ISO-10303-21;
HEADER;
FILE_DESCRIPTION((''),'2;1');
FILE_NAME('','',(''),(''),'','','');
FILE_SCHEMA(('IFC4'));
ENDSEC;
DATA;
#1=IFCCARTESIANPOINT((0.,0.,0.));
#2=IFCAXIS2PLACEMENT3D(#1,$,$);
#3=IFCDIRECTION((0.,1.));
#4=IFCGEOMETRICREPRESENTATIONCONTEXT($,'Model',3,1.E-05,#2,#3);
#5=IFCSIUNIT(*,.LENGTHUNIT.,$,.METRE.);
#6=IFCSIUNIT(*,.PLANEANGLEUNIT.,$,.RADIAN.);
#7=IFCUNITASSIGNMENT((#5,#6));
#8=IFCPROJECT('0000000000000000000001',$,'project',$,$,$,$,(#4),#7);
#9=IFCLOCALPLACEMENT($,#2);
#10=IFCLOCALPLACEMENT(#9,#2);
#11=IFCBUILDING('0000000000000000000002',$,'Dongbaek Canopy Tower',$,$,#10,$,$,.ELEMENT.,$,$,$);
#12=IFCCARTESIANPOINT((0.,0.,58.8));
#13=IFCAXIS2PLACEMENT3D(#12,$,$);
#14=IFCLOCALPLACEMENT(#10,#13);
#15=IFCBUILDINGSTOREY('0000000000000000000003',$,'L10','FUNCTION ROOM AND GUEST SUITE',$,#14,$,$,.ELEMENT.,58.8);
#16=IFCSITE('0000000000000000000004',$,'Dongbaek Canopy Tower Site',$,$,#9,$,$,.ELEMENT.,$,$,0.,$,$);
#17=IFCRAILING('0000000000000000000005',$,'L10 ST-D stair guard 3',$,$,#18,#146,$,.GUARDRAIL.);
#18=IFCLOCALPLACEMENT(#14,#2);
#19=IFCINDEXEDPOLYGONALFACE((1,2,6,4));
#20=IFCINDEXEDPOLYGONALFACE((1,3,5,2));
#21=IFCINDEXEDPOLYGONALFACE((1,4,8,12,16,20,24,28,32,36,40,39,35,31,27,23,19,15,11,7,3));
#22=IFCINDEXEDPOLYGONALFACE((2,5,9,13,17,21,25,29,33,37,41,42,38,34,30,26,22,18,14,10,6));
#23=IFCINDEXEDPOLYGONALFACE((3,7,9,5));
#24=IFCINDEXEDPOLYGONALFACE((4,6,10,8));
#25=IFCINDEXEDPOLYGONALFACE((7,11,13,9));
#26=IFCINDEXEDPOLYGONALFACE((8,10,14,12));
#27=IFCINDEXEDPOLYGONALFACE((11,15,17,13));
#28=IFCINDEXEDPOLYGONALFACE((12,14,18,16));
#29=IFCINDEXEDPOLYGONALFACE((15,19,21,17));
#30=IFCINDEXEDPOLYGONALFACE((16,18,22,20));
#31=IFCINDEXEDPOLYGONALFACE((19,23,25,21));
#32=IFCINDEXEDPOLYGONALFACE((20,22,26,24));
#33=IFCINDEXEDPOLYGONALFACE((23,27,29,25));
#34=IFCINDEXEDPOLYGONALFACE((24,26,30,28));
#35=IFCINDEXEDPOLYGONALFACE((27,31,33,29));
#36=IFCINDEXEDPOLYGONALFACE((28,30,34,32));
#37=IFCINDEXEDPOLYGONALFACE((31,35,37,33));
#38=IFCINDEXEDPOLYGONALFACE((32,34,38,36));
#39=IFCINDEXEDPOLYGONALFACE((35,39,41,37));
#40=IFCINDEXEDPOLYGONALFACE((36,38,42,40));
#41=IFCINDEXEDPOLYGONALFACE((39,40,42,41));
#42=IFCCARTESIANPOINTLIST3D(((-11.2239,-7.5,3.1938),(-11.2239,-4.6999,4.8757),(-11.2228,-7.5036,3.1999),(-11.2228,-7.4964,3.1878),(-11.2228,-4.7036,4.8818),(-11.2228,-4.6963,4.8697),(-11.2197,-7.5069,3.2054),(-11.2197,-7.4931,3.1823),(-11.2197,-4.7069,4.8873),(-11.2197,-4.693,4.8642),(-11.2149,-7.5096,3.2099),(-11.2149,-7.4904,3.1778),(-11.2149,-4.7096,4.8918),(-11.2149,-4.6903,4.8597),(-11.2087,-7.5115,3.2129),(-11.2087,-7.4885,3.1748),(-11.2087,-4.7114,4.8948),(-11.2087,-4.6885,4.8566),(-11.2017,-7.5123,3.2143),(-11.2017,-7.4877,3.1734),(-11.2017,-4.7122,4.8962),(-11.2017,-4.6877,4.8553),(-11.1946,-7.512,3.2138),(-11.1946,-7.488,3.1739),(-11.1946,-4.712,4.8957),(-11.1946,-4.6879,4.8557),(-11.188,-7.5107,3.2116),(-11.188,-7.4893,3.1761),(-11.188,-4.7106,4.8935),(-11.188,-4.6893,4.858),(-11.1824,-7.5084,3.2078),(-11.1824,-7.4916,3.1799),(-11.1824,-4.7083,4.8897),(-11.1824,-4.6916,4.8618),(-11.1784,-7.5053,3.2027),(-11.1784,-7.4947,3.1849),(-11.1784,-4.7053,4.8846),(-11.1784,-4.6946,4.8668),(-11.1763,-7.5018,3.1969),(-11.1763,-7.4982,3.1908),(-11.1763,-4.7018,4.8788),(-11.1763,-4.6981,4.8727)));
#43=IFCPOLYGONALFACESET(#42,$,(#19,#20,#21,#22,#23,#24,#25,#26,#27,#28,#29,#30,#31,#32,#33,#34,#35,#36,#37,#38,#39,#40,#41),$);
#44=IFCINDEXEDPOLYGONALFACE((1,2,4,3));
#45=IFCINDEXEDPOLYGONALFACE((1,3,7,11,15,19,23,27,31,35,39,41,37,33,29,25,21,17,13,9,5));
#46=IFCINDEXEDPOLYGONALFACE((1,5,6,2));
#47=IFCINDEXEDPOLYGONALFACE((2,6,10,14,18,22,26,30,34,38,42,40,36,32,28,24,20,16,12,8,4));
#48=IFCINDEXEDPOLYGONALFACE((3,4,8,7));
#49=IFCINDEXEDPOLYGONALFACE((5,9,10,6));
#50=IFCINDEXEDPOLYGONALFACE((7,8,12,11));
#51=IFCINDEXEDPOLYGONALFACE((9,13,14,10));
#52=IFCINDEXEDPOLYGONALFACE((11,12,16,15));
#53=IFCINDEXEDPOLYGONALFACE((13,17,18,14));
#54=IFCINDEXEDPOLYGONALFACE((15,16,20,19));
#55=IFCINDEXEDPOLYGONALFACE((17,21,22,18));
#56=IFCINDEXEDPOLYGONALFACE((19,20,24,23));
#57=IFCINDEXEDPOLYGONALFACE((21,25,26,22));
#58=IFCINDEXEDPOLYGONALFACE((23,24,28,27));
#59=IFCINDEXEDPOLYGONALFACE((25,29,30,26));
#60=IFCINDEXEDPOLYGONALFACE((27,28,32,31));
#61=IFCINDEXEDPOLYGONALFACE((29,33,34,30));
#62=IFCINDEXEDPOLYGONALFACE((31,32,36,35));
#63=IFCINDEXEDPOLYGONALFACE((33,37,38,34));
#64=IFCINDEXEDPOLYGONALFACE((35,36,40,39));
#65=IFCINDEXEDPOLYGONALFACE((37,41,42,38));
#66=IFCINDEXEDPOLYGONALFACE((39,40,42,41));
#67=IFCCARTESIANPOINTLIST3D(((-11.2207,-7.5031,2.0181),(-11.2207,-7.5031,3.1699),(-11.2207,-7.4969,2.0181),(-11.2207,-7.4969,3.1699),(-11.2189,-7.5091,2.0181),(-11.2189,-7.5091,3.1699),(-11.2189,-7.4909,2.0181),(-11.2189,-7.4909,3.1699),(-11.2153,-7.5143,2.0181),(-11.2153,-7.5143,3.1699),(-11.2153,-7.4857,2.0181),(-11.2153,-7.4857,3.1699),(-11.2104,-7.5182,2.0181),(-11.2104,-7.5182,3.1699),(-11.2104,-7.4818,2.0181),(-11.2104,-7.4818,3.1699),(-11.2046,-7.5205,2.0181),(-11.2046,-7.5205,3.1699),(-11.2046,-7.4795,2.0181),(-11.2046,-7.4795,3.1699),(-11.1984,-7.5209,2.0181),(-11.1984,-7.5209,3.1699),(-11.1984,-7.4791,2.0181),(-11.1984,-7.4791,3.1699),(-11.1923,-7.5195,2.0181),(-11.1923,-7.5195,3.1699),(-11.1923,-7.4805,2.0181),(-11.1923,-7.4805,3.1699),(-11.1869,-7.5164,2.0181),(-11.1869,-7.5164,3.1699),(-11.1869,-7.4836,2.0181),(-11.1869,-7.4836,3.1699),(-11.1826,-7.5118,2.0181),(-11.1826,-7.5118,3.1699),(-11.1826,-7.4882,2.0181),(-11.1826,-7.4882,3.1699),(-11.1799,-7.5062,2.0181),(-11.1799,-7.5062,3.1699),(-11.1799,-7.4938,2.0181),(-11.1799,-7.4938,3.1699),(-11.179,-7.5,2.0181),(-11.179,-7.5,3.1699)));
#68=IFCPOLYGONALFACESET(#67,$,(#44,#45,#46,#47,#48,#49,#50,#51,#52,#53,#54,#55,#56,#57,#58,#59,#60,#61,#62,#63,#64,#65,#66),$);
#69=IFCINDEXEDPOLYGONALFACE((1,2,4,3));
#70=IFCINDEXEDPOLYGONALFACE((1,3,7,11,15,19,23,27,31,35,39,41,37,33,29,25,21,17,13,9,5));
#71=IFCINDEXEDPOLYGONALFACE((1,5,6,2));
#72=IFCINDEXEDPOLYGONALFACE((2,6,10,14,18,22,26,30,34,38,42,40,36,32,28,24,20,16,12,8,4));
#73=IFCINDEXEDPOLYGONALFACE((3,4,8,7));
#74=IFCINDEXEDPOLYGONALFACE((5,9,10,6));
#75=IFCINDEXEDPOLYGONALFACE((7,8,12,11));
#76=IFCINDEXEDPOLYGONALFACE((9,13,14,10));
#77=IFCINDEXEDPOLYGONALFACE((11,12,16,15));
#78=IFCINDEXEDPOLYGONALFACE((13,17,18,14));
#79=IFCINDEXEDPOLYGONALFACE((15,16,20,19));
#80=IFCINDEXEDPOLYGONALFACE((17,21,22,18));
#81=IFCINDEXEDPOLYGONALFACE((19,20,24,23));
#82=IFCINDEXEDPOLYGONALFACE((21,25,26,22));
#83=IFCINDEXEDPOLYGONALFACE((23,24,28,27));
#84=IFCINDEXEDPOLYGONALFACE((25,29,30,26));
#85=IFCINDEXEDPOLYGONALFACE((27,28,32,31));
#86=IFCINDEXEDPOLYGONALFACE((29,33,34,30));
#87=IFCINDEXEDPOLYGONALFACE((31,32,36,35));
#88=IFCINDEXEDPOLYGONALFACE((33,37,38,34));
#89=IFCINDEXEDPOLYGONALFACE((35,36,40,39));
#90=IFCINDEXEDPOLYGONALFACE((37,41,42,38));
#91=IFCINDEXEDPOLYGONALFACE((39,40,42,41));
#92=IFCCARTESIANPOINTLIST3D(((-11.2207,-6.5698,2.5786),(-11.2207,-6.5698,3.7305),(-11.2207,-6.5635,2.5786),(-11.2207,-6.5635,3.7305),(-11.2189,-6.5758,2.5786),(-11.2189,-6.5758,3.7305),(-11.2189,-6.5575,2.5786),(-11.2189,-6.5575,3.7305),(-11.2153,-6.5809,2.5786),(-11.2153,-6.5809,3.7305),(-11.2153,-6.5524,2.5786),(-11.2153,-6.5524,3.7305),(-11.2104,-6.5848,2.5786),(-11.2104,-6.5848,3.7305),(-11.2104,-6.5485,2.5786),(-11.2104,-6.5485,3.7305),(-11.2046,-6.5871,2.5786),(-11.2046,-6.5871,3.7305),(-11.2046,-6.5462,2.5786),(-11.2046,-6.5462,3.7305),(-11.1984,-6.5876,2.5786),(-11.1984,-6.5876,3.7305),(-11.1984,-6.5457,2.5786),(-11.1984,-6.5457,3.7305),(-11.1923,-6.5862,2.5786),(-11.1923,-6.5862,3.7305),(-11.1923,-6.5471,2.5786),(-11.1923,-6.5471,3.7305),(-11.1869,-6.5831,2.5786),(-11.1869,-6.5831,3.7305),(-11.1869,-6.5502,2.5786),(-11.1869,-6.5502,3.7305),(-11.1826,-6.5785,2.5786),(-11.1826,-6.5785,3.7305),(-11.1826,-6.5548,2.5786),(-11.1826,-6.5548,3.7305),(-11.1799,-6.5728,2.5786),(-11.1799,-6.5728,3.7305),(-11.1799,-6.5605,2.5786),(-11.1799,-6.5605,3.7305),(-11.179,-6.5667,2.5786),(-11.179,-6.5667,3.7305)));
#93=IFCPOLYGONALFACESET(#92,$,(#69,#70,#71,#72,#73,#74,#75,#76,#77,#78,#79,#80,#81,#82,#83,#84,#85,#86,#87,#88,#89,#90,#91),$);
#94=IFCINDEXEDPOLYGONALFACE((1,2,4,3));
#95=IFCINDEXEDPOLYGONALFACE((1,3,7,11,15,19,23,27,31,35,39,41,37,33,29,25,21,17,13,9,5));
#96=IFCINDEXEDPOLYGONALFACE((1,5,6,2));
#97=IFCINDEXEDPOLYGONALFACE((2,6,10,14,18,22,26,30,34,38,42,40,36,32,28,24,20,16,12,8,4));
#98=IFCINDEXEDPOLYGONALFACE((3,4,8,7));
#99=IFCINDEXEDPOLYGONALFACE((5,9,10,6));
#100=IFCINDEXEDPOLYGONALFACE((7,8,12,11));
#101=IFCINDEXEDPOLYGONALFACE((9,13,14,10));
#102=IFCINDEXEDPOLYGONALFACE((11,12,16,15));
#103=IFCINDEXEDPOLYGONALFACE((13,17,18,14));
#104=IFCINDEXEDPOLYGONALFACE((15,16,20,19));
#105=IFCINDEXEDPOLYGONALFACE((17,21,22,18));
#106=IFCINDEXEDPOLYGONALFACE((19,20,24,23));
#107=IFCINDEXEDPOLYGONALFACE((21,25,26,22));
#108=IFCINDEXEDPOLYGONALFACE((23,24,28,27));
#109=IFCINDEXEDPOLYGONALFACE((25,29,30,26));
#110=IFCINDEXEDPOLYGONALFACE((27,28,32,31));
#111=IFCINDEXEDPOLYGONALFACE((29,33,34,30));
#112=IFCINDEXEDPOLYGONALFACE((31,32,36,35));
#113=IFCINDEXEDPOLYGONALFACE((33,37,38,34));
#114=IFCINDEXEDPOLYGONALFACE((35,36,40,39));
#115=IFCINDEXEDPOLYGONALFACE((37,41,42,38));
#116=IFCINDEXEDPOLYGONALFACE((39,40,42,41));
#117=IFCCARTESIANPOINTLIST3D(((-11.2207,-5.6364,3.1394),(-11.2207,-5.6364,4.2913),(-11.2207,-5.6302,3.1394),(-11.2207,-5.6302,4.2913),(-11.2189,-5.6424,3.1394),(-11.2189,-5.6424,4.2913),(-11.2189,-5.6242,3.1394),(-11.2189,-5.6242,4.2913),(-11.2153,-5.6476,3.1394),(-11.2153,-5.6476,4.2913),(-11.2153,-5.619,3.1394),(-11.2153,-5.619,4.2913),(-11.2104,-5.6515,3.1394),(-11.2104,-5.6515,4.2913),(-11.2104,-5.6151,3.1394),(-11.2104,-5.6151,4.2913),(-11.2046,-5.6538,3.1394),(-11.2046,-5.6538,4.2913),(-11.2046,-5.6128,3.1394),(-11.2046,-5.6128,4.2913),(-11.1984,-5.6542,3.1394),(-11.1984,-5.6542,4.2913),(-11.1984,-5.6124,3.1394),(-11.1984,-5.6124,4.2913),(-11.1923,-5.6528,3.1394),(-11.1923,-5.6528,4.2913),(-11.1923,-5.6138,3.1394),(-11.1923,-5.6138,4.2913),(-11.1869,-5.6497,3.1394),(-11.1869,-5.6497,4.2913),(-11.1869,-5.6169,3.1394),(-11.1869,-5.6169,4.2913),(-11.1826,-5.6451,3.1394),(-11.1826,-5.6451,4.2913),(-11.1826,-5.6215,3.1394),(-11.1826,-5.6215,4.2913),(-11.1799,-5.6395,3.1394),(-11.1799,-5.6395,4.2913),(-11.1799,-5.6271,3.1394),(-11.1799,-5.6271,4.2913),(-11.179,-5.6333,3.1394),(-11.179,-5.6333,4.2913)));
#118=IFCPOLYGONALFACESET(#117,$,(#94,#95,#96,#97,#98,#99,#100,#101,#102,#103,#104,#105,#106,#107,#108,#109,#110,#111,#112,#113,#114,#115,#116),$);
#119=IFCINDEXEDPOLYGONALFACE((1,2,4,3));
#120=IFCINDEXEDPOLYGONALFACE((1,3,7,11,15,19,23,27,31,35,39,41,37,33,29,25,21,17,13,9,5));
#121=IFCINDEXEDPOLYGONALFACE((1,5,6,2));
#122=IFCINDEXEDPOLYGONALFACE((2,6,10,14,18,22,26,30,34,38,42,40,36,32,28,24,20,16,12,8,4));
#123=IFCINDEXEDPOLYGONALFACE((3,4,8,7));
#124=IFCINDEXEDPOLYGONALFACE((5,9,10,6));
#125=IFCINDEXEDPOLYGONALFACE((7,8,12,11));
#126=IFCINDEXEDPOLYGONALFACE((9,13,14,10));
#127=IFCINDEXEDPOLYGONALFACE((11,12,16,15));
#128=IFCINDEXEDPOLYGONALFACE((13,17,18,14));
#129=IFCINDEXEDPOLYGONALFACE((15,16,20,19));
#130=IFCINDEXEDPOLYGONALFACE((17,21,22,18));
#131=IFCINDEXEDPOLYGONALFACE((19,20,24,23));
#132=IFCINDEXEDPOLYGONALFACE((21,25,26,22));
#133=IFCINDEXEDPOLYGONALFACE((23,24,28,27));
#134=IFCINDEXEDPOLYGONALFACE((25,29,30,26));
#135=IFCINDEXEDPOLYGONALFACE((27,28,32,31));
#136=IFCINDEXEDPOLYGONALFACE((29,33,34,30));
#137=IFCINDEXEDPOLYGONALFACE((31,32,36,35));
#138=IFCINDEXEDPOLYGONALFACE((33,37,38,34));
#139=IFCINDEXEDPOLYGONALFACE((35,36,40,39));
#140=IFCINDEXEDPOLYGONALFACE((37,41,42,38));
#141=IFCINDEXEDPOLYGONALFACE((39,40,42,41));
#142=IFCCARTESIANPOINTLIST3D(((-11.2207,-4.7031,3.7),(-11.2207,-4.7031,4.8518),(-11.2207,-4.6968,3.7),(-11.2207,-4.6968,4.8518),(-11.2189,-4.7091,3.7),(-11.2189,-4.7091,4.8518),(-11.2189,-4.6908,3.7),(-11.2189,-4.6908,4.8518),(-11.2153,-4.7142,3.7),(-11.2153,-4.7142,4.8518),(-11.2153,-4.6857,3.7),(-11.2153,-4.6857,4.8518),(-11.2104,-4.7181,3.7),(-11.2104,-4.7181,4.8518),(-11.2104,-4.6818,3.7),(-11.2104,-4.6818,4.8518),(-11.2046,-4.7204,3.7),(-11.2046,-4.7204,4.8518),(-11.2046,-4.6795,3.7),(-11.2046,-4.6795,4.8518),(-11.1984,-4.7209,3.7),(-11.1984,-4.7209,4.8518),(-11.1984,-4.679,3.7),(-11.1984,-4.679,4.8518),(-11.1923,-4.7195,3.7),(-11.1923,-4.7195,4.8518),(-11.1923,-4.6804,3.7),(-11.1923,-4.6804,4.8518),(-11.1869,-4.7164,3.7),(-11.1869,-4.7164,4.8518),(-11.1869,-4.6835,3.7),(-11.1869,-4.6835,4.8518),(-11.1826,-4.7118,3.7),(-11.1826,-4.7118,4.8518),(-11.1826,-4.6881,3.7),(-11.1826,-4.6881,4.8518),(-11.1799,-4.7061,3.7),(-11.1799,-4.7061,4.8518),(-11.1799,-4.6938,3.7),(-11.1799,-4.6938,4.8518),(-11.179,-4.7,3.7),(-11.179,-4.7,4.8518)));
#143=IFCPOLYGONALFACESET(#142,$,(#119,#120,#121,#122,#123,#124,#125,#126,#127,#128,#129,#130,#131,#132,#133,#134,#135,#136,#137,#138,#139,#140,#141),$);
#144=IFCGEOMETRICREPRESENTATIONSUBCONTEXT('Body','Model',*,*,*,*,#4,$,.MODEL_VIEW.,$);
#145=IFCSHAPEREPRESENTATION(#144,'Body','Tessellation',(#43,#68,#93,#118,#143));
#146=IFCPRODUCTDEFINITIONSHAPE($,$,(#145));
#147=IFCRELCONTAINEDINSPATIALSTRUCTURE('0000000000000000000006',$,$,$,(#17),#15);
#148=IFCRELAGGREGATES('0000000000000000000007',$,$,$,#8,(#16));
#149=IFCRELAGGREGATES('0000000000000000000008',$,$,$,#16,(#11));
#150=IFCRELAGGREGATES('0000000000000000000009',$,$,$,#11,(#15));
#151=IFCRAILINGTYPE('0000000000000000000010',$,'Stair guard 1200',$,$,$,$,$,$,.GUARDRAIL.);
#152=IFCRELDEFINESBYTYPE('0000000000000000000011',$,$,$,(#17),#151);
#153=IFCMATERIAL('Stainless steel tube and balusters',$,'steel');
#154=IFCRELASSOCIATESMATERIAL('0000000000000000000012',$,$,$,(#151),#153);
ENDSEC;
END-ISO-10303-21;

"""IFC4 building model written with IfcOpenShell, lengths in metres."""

from ifc_helpers import new_model, si_unit, direction, frame, origin, origin_2d, place, context, subcontext, project, spatial, circle, extrude, material, type_object, element, save


model = new_model("IFC4")

# Units and contexts
model_context = context("Model", 3, precision=1e-05, world=origin(), true_north=direction((0.0, 1.0)))
body_context = subcontext(model_context, "Body", "Model", "MODEL_VIEW")
ifc_project = project(units=[si_unit("LENGTHUNIT", "METRE"), si_unit("PLANEANGLEUNIT", "RADIAN")], contexts=[model_context])

# Site, building, storey
site_placement = place(None, origin())
site = spatial("IfcSite", under=ifc_project, at=site_placement, Name="Dongbaek Canopy Tower Site", CompositionType="ELEMENT", RefElevation=0.0)
building_placement = place(site_placement, origin())
building = spatial("IfcBuilding", under=site, at=building_placement, Name="Dongbaek Canopy Tower", CompositionType="ELEMENT")
storey_placement = place(building_placement, frame((0.0, 0.0, 58.8)))
storey = spatial("IfcBuildingStorey", under=building, at=storey_placement, Name="L10", Description="FUNCTION ROOM AND GUEST SUITE", CompositionType="ELEMENT", Elevation=58.8)

# Railing
ifc_material_1 = material(Name="Stainless steel tube and balusters", Category="steel")
railing_type_1 = type_object("IfcRailingType", Name="Stair guard 1200", PredefinedType="GUARDRAIL", material=ifc_material_1)
railing_1_placement = place(storey_placement, frame((-11.2, -7.5, 2.0181)))
element("IfcRailing", 1, at=railing_1_placement, inside=storey, type_object=railing_type_1, Name="L10 ST-D stair guard 3", PredefinedType="GUARDRAIL", context=body_context, shape_type="SweptSolid", body=[
    extrude(circle(Radius=0.0239, at=origin_2d()), frame((0.0, 0.0, 1.1758), z_axis=(0.0, 0.857242, 0.514913), x_axis=(-1.0, 0.0, 0.0)), (0.0, 0.0, 1.0), 3.2664),
    extrude(circle(Radius=0.021, at=origin_2d()), origin(), (0.0, 0.0, 1.0), 1.1519),
    extrude(circle(Radius=0.021, at=origin_2d()), frame((0.0, 0.9333, 0.5605)), (0.0, 0.0, 1.0), 1.1519),
    extrude(circle(Radius=0.021, at=origin_2d()), frame((0.0, 1.8667, 1.1213)), (0.0, 0.0, 1.0), 1.1519),
    extrude(circle(Radius=0.021, at=origin_2d()), frame((0.0, 2.8, 1.6819)), (0.0, 0.0, 1.0), 1.1519),
])

save(model, "model.ifc")
